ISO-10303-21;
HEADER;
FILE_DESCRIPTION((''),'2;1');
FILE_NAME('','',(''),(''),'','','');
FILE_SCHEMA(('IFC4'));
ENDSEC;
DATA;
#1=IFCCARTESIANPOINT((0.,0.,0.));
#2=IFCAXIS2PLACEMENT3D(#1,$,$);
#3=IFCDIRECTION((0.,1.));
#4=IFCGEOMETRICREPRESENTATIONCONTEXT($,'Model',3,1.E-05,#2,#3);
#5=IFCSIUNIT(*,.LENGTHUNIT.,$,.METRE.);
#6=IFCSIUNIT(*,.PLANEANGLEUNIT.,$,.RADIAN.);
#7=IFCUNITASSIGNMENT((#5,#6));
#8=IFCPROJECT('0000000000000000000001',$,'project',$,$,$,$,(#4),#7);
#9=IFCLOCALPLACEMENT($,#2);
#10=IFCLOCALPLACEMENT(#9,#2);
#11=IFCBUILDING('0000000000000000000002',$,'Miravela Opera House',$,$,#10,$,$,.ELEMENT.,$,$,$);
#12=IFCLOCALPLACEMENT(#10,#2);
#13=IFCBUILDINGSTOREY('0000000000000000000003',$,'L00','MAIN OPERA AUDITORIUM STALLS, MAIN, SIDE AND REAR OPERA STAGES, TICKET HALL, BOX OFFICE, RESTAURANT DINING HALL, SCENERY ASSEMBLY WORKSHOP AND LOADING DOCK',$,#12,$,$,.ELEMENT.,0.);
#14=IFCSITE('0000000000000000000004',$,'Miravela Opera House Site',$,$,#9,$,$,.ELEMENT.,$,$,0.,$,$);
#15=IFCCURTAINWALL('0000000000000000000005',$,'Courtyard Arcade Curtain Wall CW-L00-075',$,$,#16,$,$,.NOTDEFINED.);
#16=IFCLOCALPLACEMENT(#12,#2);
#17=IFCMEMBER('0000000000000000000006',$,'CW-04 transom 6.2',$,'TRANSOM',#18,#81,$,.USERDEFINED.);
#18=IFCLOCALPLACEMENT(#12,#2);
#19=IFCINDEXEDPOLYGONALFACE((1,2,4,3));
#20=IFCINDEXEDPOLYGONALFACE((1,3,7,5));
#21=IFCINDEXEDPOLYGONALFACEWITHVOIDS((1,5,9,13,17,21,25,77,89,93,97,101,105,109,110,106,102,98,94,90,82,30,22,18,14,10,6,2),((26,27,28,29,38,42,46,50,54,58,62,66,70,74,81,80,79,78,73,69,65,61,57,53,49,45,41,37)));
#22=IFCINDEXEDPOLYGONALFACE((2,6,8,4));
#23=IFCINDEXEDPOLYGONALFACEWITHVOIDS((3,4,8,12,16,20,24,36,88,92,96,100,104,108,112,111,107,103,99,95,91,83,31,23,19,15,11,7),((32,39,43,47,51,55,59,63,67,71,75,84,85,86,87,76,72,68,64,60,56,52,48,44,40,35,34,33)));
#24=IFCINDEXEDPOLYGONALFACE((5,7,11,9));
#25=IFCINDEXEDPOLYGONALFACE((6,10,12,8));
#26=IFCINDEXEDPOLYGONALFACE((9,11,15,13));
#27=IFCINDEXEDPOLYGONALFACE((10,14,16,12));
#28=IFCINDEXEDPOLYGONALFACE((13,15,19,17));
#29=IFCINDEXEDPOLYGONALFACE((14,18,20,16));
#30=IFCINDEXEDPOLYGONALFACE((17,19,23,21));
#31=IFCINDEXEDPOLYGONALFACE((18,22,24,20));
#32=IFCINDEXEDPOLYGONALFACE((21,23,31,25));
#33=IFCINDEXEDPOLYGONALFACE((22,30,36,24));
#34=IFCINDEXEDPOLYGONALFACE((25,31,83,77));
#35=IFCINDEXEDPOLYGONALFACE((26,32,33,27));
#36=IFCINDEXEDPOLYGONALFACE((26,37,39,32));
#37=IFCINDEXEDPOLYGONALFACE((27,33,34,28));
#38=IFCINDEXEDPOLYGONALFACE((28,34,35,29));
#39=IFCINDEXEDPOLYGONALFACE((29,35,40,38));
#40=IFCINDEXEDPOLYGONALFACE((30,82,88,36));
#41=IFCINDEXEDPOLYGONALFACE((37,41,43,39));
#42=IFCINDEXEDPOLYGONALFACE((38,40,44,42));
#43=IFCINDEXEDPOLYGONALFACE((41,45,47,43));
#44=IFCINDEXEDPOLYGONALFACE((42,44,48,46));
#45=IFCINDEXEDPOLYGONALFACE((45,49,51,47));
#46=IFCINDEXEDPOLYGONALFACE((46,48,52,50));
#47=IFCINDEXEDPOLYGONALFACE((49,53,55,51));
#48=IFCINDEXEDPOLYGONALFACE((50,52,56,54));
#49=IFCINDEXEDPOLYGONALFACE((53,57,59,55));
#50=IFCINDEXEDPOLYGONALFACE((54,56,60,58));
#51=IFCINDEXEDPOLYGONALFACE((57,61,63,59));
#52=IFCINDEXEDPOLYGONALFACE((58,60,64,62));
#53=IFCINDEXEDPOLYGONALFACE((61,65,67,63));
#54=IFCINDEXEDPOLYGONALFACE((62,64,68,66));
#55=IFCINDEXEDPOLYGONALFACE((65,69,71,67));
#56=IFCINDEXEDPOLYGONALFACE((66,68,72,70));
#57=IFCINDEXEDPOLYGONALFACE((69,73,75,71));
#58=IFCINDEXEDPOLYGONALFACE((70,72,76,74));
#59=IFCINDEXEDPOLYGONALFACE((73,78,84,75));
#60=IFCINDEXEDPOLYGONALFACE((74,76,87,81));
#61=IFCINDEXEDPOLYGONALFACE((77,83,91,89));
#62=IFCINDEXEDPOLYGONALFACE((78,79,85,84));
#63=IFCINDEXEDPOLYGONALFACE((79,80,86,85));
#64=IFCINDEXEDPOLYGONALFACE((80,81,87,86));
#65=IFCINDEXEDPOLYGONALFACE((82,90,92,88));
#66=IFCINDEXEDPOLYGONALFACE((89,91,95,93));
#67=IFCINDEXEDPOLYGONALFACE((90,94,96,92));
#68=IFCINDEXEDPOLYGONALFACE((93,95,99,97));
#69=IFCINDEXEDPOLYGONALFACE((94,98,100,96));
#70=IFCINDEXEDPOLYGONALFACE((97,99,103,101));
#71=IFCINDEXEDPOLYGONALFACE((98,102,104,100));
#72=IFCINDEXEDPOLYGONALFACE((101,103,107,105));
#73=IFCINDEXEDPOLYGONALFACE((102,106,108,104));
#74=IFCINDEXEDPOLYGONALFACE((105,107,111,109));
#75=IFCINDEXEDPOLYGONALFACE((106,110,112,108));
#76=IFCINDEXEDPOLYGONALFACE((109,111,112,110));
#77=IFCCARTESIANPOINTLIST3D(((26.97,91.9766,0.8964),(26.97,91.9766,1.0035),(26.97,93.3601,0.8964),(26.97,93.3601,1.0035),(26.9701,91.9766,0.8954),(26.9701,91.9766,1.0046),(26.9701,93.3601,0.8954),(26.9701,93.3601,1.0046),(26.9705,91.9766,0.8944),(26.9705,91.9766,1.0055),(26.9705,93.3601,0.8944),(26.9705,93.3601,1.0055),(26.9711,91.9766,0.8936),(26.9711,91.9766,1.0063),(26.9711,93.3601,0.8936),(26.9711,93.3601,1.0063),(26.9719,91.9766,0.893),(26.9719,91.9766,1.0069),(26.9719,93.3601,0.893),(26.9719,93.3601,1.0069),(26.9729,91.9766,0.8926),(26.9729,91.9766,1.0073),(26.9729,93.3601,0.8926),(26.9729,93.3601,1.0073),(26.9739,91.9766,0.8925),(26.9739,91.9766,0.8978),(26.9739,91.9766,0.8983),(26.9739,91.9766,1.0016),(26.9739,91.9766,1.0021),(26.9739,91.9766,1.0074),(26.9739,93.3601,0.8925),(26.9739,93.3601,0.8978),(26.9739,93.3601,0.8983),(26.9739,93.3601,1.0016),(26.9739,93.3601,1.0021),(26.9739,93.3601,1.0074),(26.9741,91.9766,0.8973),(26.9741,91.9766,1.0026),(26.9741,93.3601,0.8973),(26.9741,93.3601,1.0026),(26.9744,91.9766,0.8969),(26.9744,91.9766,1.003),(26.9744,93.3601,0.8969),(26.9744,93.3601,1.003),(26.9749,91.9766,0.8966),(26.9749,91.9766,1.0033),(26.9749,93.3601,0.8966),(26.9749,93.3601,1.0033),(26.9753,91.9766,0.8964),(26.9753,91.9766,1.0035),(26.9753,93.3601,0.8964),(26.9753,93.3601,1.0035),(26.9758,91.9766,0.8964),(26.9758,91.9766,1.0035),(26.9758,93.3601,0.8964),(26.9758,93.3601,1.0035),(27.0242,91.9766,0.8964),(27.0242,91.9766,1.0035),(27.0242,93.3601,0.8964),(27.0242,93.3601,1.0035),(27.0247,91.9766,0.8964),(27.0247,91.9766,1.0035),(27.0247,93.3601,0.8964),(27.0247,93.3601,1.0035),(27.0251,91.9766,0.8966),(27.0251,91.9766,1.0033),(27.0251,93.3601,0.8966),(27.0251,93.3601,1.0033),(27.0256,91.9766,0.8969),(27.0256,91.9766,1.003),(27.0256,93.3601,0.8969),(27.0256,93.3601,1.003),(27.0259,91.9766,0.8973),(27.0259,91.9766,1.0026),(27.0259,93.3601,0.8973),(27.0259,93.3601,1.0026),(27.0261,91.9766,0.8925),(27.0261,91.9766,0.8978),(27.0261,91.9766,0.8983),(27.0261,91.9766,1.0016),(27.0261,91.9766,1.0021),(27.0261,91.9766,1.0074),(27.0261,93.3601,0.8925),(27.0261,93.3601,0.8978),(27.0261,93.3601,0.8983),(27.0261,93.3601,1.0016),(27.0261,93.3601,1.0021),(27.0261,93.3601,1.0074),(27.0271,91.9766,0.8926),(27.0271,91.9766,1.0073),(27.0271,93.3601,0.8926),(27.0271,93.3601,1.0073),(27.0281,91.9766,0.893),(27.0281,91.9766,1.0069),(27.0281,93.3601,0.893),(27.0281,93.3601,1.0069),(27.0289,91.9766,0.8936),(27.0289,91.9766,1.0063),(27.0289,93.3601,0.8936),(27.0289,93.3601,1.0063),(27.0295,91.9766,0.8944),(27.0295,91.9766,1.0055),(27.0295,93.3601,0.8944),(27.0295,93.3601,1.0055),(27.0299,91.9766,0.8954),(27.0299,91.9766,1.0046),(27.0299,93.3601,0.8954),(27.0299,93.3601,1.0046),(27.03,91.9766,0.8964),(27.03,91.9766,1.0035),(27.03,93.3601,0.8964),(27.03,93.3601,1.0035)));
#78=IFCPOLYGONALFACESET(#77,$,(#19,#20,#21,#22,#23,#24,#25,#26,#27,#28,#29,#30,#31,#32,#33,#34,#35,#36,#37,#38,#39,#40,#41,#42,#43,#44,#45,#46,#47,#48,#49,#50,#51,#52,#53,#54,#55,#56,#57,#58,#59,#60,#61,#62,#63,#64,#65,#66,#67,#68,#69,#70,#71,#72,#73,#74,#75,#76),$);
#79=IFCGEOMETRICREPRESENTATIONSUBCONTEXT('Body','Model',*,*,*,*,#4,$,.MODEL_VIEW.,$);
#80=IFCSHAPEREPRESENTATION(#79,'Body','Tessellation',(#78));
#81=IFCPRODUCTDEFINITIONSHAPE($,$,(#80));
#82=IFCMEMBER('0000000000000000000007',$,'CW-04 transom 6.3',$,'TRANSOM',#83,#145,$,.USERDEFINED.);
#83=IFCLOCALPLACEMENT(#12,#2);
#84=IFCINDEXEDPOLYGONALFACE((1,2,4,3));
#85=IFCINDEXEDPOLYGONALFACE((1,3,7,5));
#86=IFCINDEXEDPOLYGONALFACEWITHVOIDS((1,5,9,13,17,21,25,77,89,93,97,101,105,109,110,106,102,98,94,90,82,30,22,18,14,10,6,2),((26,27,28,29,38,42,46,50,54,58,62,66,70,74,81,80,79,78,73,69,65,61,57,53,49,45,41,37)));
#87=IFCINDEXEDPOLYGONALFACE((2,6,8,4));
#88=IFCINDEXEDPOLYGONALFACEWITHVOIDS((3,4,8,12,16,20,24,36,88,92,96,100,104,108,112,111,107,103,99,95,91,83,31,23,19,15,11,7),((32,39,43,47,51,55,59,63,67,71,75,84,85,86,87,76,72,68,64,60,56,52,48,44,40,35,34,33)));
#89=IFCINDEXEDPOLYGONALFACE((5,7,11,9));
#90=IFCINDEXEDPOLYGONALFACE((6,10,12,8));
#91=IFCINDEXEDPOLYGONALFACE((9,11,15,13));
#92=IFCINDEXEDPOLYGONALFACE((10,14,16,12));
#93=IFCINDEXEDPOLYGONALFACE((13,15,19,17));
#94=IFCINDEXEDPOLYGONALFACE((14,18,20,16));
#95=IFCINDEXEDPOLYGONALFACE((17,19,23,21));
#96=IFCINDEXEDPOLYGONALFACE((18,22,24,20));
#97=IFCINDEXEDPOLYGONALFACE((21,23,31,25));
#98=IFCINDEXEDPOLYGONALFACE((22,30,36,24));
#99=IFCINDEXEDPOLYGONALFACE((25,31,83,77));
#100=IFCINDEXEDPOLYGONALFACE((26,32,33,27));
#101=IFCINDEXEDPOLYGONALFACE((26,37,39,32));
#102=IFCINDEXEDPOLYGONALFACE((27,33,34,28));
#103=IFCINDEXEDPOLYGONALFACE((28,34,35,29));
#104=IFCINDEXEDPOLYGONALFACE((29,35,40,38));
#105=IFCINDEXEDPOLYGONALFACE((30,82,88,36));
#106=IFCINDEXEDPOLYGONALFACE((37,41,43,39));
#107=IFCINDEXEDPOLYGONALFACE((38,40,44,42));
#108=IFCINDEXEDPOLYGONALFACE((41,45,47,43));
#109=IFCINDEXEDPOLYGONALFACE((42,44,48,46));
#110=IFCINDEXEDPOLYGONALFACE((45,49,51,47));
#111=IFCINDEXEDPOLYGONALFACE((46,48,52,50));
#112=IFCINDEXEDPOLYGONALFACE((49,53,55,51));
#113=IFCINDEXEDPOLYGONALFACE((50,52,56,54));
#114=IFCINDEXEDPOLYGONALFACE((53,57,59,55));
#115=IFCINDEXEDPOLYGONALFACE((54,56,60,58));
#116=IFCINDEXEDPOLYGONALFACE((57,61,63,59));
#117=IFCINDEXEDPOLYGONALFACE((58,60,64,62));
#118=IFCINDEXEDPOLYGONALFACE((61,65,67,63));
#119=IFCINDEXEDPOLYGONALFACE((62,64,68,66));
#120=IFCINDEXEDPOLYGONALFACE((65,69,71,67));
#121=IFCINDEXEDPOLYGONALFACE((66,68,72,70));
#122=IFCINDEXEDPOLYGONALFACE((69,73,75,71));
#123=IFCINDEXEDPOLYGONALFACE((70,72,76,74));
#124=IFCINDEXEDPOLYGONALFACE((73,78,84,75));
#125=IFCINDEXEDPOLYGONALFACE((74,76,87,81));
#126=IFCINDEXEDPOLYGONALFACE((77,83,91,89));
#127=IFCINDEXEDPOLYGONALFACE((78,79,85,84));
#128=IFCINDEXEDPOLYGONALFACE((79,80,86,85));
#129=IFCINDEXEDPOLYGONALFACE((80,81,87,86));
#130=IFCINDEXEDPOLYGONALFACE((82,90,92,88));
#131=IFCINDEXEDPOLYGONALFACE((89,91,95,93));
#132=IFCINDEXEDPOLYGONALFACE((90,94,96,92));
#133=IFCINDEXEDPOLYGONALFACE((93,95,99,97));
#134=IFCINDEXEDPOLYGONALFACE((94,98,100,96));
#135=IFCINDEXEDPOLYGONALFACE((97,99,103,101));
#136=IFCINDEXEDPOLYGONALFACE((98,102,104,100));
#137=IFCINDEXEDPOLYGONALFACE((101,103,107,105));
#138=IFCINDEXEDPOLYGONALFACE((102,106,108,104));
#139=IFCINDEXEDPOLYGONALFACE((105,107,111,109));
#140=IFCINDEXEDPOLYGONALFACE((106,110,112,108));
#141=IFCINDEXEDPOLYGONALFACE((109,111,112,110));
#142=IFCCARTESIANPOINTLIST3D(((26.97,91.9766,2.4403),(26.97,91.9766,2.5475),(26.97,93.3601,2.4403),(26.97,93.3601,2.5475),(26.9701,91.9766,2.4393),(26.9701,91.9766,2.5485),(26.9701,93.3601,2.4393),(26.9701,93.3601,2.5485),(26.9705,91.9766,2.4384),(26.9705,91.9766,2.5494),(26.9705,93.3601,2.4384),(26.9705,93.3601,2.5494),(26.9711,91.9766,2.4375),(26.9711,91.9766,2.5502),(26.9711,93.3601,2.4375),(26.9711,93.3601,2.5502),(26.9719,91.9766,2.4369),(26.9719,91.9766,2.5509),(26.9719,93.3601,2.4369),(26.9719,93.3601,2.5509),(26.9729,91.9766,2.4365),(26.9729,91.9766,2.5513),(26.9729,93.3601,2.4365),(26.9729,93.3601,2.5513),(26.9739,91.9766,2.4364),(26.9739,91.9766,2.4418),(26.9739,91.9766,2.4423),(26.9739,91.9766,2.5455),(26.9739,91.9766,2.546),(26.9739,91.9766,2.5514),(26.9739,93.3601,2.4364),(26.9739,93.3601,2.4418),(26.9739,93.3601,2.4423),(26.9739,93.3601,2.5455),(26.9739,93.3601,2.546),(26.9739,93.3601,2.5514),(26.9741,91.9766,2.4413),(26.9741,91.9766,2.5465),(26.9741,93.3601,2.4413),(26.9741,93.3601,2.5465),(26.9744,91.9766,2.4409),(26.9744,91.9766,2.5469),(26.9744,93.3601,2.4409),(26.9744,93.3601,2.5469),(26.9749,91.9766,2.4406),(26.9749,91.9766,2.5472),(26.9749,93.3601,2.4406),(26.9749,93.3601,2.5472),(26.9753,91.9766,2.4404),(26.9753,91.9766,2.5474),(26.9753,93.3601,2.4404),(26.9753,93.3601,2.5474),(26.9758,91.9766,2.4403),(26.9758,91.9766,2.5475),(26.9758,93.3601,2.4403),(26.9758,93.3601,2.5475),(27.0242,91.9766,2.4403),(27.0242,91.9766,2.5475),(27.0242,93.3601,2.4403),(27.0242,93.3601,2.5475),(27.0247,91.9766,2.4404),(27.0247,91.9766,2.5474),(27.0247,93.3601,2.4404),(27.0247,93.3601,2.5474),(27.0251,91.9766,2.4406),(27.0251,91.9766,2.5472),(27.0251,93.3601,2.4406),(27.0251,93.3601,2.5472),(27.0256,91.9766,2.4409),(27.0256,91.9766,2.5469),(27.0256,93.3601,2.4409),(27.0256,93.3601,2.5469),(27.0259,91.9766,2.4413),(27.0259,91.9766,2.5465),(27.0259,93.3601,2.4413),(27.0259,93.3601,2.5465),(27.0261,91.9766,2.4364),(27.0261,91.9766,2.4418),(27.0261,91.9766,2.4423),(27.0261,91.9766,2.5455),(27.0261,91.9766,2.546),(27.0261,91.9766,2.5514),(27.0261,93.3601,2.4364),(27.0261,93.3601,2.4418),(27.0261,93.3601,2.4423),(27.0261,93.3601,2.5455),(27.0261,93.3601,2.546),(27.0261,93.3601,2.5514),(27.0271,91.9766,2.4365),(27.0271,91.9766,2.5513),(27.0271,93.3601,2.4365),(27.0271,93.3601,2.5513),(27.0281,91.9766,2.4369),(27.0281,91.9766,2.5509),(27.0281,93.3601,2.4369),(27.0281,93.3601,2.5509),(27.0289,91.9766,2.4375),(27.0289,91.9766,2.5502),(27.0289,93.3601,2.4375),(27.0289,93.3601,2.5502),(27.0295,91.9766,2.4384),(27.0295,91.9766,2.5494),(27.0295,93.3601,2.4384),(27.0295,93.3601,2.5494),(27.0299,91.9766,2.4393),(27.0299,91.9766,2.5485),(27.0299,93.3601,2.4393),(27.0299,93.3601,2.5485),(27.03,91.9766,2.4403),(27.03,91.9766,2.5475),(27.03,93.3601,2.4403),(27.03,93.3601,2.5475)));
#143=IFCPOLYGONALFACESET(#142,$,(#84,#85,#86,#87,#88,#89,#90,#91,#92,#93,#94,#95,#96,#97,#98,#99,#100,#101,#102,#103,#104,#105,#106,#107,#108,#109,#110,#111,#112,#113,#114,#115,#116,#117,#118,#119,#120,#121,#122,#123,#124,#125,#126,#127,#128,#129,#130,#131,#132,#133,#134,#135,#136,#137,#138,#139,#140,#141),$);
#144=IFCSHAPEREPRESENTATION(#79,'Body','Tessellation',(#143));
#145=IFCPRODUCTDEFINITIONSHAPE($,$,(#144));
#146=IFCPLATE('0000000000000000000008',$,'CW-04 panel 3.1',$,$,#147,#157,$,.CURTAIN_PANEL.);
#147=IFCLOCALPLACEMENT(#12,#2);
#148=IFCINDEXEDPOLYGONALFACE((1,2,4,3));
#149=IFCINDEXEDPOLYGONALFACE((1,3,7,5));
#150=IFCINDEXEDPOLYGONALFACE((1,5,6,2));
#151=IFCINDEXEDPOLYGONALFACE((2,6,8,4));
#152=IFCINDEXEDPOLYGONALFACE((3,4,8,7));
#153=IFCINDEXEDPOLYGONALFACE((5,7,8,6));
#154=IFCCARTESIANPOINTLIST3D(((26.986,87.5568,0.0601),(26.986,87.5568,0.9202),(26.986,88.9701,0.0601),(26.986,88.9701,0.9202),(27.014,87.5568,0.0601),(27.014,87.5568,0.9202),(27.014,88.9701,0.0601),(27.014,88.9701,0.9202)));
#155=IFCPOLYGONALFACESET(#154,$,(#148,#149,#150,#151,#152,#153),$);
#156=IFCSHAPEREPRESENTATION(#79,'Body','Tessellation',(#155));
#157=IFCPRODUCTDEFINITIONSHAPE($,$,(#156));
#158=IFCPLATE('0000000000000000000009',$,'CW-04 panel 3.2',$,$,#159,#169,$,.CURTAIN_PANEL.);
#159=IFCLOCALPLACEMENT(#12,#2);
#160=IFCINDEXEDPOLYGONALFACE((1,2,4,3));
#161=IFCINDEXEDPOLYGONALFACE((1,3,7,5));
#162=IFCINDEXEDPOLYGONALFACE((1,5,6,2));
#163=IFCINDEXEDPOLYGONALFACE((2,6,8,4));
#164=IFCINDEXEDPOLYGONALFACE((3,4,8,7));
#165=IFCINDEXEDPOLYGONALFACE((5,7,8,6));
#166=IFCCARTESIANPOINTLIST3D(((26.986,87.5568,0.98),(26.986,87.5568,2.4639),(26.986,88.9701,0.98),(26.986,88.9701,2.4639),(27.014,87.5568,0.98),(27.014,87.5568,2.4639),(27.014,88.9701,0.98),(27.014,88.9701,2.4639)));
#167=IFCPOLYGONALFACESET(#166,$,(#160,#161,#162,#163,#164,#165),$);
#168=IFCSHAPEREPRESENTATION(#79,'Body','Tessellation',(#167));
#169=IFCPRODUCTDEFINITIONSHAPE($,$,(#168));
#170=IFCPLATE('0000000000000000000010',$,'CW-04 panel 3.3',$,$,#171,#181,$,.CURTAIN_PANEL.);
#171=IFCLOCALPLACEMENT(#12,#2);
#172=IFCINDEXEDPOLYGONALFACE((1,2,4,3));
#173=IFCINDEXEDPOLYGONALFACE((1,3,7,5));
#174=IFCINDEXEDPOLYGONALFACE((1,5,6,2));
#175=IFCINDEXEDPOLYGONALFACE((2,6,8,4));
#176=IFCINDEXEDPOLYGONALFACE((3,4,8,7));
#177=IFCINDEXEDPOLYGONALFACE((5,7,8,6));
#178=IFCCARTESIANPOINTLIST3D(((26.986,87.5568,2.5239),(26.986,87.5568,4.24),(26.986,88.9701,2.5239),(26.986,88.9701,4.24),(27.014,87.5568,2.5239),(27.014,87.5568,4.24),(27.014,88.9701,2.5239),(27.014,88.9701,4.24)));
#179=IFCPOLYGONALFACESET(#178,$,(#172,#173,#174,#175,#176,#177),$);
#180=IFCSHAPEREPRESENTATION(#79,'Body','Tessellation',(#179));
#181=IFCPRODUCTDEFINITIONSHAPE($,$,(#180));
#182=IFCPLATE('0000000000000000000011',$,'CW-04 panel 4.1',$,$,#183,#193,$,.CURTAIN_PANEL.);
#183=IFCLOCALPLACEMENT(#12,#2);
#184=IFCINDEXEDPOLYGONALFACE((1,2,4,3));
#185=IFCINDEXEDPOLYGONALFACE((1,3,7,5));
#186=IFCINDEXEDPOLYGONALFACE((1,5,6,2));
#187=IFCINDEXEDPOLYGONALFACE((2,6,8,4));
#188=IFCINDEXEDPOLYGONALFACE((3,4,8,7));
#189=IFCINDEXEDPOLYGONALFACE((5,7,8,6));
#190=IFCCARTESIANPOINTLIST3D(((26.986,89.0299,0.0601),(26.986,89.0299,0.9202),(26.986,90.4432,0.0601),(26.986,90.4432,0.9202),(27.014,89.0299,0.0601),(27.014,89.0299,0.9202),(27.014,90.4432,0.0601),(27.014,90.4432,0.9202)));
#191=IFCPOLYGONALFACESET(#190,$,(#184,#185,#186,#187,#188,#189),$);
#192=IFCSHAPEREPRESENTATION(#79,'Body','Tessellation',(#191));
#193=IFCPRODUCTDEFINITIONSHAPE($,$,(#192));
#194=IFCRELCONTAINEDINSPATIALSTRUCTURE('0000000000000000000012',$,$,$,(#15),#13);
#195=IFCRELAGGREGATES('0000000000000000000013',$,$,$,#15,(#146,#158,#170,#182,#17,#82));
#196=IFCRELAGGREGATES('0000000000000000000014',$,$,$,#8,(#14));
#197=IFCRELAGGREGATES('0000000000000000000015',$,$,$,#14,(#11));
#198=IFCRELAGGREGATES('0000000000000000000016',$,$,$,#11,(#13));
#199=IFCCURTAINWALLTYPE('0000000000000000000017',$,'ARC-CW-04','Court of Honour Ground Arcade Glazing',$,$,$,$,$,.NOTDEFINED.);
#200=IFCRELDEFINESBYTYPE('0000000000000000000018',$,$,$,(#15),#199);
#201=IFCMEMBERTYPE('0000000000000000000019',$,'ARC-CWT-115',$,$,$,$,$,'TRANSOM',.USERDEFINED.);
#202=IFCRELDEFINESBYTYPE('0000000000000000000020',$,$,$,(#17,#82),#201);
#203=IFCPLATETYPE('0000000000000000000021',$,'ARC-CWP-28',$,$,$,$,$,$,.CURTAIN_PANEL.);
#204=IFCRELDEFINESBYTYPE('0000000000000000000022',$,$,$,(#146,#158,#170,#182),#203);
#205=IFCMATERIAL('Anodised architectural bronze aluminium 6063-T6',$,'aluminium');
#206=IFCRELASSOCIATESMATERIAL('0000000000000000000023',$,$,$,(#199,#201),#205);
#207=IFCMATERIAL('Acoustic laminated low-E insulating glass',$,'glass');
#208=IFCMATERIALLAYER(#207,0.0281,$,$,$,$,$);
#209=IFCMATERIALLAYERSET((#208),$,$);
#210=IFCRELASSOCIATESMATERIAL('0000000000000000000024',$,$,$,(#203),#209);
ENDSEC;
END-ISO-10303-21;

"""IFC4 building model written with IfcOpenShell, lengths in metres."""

from ifc_helpers import new_model, si_unit, direction, frame, origin, origin_2d, place, context, subcontext, project, spatial, rectangle, hollow_rectangle, extrude, material, layer, layer_set, material_profile, profile_set, type_object, element, aggregate, save


model = new_model("IFC4")

# Units and contexts
model_context = context("Model", 3, precision=1e-05, world=origin(), true_north=direction((0.0, 1.0)))
body_context = subcontext(model_context, "Body", "Model", "MODEL_VIEW")
ifc_project = project(units=[si_unit("LENGTHUNIT", "METRE"), si_unit("PLANEANGLEUNIT", "RADIAN")], contexts=[model_context])

# Site, building, storey
site_placement = place(None, origin())
site = spatial("IfcSite", under=ifc_project, at=site_placement, Name="Miravela Opera House Site", CompositionType="ELEMENT", RefElevation=0.0)
building_placement = place(site_placement, origin())
building = spatial("IfcBuilding", under=site, at=building_placement, Name="Miravela Opera House", CompositionType="ELEMENT")
storey_placement = place(building_placement, origin())
storey = spatial("IfcBuildingStorey", under=building, at=storey_placement, Name="L00", Description="MAIN OPERA AUDITORIUM STALLS, MAIN, SIDE AND REAR OPERA STAGES, TICKET HALL, BOX OFFICE, RESTAURANT DINING HALL, SCENERY ASSEMBLY WORKSHOP AND LOADING DOCK", CompositionType="ELEMENT", Elevation=0.0)

# Curtain wall, members, plates
ifc_material_1 = material(Name="Anodised architectural bronze aluminium 6063-T6", Category="aluminium")
curtain_wall_type = type_object("IfcCurtainWallType", Name="ARC-CW-04", Description="Court of Honour Ground Arcade Glazing", PredefinedType="NOTDEFINED", material=ifc_material_1)
curtain_wall_placement = place(storey_placement, origin())
curtain_wall = element("IfcCurtainWall", 1, at=curtain_wall_placement, inside=storey, type_object=curtain_wall_type, Name="Courtyard Arcade Curtain Wall CW-L00-075", PredefinedType="NOTDEFINED")
ifc_material_profile_1 = material_profile(ifc_material_1, hollow_rectangle(XDim=0.0601, YDim=0.115, WallThickness=0.0039, InnerFilletRadius=0.002, OuterFilletRadius=0.0039, at=origin_2d()), Name="CWT-60X115")
ifc_profile_set_1 = profile_set([ifc_material_profile_1])
member_type_1 = type_object("IfcMemberType", Name="ARC-CWT-115", ElementType="TRANSOM", PredefinedType="USERDEFINED", material=ifc_profile_set_1)
member_1_placement = place(storey_placement, frame((27.0, 91.9766, 0.95), z_axis=(0.0, 1.0, 0.0), x_axis=(-1.0, 0.0, 0.0)))
member_1 = element("IfcMember", 2, at=member_1_placement, type_object=member_type_1, Name="CW-04 transom 6.2", ObjectType="TRANSOM", PredefinedType="USERDEFINED", context=body_context, shape_type="SweptSolid", body=[
    extrude(hollow_rectangle(XDim=0.0601, YDim=0.115, WallThickness=0.0039, InnerFilletRadius=0.002, OuterFilletRadius=0.0039, at=origin_2d()), origin(), (0.0, 0.0, 1.0), 1.3835),
])
member_2_placement = place(storey_placement, frame((27.0, 91.9766, 2.4939), z_axis=(0.0, 1.0, 0.0), x_axis=(-1.0, 0.0, 0.0)))
member_2 = element("IfcMember", 3, at=member_2_placement, type_object=member_type_1, Name="CW-04 transom 6.3", ObjectType="TRANSOM", PredefinedType="USERDEFINED", context=body_context, shape_type="SweptSolid", body=[
    extrude(hollow_rectangle(XDim=0.0601, YDim=0.115, WallThickness=0.0039, InnerFilletRadius=0.002, OuterFilletRadius=0.0039, at=origin_2d()), origin(), (0.0, 0.0, 1.0), 1.3835),
])
ifc_material_2 = material(Name="Acoustic laminated low-E insulating glass", Category="glass")
ifc_layer = layer(ifc_material_2, 0.0281)
ifc_layer_set = layer_set([ifc_layer])
plate_type = type_object("IfcPlateType", Name="ARC-CWP-28", PredefinedType="CURTAIN_PANEL", material=ifc_layer_set)
plate_1_placement = place(storey_placement, frame((27.0, 88.2634, 0.0601), z_axis=(0.0, 0.0, 1.0), x_axis=(0.0, 1.0, 0.0)))
plate_1 = element("IfcPlate", 4, at=plate_1_placement, type_object=plate_type, Name="CW-04 panel 3.1", PredefinedType="CURTAIN_PANEL", context=body_context, shape_type="SweptSolid", body=[
    extrude(rectangle(XDim=1.4133, YDim=0.0281, at=origin_2d()), origin(), (0.0, 0.0, 1.0), 0.8601),
])
plate_2_placement = place(storey_placement, frame((27.0, 88.2634, 0.98), z_axis=(0.0, 0.0, 1.0), x_axis=(0.0, 1.0, 0.0)))
plate_2 = element("IfcPlate", 5, at=plate_2_placement, type_object=plate_type, Name="CW-04 panel 3.2", PredefinedType="CURTAIN_PANEL", context=body_context, shape_type="SweptSolid", body=[
    extrude(rectangle(XDim=1.4133, YDim=0.0281, at=origin_2d()), origin(), (0.0, 0.0, 1.0), 1.4839),
])
plate_3_placement = place(storey_placement, frame((27.0, 88.2634, 2.5239), z_axis=(0.0, 0.0, 1.0), x_axis=(0.0, 1.0, 0.0)))
plate_3 = element("IfcPlate", 6, at=plate_3_placement, type_object=plate_type, Name="CW-04 panel 3.3", PredefinedType="CURTAIN_PANEL", context=body_context, shape_type="SweptSolid", body=[
    extrude(rectangle(XDim=1.4133, YDim=0.0281, at=origin_2d()), origin(), (0.0, 0.0, 1.0), 1.7161),
])
plate_4_placement = place(storey_placement, frame((27.0, 89.7366, 0.0601), z_axis=(0.0, 0.0, 1.0), x_axis=(0.0, 1.0, 0.0)))
plate_4 = element("IfcPlate", 7, at=plate_4_placement, type_object=plate_type, Name="CW-04 panel 4.1", PredefinedType="CURTAIN_PANEL", context=body_context, shape_type="SweptSolid", body=[
    extrude(rectangle(XDim=1.4133, YDim=0.0281, at=origin_2d()), origin(), (0.0, 0.0, 1.0), 0.8601),
])
aggregate(curtain_wall, [plate_1, plate_2, plate_3, plate_4, member_1, member_2])

save(model, "model.ifc")
